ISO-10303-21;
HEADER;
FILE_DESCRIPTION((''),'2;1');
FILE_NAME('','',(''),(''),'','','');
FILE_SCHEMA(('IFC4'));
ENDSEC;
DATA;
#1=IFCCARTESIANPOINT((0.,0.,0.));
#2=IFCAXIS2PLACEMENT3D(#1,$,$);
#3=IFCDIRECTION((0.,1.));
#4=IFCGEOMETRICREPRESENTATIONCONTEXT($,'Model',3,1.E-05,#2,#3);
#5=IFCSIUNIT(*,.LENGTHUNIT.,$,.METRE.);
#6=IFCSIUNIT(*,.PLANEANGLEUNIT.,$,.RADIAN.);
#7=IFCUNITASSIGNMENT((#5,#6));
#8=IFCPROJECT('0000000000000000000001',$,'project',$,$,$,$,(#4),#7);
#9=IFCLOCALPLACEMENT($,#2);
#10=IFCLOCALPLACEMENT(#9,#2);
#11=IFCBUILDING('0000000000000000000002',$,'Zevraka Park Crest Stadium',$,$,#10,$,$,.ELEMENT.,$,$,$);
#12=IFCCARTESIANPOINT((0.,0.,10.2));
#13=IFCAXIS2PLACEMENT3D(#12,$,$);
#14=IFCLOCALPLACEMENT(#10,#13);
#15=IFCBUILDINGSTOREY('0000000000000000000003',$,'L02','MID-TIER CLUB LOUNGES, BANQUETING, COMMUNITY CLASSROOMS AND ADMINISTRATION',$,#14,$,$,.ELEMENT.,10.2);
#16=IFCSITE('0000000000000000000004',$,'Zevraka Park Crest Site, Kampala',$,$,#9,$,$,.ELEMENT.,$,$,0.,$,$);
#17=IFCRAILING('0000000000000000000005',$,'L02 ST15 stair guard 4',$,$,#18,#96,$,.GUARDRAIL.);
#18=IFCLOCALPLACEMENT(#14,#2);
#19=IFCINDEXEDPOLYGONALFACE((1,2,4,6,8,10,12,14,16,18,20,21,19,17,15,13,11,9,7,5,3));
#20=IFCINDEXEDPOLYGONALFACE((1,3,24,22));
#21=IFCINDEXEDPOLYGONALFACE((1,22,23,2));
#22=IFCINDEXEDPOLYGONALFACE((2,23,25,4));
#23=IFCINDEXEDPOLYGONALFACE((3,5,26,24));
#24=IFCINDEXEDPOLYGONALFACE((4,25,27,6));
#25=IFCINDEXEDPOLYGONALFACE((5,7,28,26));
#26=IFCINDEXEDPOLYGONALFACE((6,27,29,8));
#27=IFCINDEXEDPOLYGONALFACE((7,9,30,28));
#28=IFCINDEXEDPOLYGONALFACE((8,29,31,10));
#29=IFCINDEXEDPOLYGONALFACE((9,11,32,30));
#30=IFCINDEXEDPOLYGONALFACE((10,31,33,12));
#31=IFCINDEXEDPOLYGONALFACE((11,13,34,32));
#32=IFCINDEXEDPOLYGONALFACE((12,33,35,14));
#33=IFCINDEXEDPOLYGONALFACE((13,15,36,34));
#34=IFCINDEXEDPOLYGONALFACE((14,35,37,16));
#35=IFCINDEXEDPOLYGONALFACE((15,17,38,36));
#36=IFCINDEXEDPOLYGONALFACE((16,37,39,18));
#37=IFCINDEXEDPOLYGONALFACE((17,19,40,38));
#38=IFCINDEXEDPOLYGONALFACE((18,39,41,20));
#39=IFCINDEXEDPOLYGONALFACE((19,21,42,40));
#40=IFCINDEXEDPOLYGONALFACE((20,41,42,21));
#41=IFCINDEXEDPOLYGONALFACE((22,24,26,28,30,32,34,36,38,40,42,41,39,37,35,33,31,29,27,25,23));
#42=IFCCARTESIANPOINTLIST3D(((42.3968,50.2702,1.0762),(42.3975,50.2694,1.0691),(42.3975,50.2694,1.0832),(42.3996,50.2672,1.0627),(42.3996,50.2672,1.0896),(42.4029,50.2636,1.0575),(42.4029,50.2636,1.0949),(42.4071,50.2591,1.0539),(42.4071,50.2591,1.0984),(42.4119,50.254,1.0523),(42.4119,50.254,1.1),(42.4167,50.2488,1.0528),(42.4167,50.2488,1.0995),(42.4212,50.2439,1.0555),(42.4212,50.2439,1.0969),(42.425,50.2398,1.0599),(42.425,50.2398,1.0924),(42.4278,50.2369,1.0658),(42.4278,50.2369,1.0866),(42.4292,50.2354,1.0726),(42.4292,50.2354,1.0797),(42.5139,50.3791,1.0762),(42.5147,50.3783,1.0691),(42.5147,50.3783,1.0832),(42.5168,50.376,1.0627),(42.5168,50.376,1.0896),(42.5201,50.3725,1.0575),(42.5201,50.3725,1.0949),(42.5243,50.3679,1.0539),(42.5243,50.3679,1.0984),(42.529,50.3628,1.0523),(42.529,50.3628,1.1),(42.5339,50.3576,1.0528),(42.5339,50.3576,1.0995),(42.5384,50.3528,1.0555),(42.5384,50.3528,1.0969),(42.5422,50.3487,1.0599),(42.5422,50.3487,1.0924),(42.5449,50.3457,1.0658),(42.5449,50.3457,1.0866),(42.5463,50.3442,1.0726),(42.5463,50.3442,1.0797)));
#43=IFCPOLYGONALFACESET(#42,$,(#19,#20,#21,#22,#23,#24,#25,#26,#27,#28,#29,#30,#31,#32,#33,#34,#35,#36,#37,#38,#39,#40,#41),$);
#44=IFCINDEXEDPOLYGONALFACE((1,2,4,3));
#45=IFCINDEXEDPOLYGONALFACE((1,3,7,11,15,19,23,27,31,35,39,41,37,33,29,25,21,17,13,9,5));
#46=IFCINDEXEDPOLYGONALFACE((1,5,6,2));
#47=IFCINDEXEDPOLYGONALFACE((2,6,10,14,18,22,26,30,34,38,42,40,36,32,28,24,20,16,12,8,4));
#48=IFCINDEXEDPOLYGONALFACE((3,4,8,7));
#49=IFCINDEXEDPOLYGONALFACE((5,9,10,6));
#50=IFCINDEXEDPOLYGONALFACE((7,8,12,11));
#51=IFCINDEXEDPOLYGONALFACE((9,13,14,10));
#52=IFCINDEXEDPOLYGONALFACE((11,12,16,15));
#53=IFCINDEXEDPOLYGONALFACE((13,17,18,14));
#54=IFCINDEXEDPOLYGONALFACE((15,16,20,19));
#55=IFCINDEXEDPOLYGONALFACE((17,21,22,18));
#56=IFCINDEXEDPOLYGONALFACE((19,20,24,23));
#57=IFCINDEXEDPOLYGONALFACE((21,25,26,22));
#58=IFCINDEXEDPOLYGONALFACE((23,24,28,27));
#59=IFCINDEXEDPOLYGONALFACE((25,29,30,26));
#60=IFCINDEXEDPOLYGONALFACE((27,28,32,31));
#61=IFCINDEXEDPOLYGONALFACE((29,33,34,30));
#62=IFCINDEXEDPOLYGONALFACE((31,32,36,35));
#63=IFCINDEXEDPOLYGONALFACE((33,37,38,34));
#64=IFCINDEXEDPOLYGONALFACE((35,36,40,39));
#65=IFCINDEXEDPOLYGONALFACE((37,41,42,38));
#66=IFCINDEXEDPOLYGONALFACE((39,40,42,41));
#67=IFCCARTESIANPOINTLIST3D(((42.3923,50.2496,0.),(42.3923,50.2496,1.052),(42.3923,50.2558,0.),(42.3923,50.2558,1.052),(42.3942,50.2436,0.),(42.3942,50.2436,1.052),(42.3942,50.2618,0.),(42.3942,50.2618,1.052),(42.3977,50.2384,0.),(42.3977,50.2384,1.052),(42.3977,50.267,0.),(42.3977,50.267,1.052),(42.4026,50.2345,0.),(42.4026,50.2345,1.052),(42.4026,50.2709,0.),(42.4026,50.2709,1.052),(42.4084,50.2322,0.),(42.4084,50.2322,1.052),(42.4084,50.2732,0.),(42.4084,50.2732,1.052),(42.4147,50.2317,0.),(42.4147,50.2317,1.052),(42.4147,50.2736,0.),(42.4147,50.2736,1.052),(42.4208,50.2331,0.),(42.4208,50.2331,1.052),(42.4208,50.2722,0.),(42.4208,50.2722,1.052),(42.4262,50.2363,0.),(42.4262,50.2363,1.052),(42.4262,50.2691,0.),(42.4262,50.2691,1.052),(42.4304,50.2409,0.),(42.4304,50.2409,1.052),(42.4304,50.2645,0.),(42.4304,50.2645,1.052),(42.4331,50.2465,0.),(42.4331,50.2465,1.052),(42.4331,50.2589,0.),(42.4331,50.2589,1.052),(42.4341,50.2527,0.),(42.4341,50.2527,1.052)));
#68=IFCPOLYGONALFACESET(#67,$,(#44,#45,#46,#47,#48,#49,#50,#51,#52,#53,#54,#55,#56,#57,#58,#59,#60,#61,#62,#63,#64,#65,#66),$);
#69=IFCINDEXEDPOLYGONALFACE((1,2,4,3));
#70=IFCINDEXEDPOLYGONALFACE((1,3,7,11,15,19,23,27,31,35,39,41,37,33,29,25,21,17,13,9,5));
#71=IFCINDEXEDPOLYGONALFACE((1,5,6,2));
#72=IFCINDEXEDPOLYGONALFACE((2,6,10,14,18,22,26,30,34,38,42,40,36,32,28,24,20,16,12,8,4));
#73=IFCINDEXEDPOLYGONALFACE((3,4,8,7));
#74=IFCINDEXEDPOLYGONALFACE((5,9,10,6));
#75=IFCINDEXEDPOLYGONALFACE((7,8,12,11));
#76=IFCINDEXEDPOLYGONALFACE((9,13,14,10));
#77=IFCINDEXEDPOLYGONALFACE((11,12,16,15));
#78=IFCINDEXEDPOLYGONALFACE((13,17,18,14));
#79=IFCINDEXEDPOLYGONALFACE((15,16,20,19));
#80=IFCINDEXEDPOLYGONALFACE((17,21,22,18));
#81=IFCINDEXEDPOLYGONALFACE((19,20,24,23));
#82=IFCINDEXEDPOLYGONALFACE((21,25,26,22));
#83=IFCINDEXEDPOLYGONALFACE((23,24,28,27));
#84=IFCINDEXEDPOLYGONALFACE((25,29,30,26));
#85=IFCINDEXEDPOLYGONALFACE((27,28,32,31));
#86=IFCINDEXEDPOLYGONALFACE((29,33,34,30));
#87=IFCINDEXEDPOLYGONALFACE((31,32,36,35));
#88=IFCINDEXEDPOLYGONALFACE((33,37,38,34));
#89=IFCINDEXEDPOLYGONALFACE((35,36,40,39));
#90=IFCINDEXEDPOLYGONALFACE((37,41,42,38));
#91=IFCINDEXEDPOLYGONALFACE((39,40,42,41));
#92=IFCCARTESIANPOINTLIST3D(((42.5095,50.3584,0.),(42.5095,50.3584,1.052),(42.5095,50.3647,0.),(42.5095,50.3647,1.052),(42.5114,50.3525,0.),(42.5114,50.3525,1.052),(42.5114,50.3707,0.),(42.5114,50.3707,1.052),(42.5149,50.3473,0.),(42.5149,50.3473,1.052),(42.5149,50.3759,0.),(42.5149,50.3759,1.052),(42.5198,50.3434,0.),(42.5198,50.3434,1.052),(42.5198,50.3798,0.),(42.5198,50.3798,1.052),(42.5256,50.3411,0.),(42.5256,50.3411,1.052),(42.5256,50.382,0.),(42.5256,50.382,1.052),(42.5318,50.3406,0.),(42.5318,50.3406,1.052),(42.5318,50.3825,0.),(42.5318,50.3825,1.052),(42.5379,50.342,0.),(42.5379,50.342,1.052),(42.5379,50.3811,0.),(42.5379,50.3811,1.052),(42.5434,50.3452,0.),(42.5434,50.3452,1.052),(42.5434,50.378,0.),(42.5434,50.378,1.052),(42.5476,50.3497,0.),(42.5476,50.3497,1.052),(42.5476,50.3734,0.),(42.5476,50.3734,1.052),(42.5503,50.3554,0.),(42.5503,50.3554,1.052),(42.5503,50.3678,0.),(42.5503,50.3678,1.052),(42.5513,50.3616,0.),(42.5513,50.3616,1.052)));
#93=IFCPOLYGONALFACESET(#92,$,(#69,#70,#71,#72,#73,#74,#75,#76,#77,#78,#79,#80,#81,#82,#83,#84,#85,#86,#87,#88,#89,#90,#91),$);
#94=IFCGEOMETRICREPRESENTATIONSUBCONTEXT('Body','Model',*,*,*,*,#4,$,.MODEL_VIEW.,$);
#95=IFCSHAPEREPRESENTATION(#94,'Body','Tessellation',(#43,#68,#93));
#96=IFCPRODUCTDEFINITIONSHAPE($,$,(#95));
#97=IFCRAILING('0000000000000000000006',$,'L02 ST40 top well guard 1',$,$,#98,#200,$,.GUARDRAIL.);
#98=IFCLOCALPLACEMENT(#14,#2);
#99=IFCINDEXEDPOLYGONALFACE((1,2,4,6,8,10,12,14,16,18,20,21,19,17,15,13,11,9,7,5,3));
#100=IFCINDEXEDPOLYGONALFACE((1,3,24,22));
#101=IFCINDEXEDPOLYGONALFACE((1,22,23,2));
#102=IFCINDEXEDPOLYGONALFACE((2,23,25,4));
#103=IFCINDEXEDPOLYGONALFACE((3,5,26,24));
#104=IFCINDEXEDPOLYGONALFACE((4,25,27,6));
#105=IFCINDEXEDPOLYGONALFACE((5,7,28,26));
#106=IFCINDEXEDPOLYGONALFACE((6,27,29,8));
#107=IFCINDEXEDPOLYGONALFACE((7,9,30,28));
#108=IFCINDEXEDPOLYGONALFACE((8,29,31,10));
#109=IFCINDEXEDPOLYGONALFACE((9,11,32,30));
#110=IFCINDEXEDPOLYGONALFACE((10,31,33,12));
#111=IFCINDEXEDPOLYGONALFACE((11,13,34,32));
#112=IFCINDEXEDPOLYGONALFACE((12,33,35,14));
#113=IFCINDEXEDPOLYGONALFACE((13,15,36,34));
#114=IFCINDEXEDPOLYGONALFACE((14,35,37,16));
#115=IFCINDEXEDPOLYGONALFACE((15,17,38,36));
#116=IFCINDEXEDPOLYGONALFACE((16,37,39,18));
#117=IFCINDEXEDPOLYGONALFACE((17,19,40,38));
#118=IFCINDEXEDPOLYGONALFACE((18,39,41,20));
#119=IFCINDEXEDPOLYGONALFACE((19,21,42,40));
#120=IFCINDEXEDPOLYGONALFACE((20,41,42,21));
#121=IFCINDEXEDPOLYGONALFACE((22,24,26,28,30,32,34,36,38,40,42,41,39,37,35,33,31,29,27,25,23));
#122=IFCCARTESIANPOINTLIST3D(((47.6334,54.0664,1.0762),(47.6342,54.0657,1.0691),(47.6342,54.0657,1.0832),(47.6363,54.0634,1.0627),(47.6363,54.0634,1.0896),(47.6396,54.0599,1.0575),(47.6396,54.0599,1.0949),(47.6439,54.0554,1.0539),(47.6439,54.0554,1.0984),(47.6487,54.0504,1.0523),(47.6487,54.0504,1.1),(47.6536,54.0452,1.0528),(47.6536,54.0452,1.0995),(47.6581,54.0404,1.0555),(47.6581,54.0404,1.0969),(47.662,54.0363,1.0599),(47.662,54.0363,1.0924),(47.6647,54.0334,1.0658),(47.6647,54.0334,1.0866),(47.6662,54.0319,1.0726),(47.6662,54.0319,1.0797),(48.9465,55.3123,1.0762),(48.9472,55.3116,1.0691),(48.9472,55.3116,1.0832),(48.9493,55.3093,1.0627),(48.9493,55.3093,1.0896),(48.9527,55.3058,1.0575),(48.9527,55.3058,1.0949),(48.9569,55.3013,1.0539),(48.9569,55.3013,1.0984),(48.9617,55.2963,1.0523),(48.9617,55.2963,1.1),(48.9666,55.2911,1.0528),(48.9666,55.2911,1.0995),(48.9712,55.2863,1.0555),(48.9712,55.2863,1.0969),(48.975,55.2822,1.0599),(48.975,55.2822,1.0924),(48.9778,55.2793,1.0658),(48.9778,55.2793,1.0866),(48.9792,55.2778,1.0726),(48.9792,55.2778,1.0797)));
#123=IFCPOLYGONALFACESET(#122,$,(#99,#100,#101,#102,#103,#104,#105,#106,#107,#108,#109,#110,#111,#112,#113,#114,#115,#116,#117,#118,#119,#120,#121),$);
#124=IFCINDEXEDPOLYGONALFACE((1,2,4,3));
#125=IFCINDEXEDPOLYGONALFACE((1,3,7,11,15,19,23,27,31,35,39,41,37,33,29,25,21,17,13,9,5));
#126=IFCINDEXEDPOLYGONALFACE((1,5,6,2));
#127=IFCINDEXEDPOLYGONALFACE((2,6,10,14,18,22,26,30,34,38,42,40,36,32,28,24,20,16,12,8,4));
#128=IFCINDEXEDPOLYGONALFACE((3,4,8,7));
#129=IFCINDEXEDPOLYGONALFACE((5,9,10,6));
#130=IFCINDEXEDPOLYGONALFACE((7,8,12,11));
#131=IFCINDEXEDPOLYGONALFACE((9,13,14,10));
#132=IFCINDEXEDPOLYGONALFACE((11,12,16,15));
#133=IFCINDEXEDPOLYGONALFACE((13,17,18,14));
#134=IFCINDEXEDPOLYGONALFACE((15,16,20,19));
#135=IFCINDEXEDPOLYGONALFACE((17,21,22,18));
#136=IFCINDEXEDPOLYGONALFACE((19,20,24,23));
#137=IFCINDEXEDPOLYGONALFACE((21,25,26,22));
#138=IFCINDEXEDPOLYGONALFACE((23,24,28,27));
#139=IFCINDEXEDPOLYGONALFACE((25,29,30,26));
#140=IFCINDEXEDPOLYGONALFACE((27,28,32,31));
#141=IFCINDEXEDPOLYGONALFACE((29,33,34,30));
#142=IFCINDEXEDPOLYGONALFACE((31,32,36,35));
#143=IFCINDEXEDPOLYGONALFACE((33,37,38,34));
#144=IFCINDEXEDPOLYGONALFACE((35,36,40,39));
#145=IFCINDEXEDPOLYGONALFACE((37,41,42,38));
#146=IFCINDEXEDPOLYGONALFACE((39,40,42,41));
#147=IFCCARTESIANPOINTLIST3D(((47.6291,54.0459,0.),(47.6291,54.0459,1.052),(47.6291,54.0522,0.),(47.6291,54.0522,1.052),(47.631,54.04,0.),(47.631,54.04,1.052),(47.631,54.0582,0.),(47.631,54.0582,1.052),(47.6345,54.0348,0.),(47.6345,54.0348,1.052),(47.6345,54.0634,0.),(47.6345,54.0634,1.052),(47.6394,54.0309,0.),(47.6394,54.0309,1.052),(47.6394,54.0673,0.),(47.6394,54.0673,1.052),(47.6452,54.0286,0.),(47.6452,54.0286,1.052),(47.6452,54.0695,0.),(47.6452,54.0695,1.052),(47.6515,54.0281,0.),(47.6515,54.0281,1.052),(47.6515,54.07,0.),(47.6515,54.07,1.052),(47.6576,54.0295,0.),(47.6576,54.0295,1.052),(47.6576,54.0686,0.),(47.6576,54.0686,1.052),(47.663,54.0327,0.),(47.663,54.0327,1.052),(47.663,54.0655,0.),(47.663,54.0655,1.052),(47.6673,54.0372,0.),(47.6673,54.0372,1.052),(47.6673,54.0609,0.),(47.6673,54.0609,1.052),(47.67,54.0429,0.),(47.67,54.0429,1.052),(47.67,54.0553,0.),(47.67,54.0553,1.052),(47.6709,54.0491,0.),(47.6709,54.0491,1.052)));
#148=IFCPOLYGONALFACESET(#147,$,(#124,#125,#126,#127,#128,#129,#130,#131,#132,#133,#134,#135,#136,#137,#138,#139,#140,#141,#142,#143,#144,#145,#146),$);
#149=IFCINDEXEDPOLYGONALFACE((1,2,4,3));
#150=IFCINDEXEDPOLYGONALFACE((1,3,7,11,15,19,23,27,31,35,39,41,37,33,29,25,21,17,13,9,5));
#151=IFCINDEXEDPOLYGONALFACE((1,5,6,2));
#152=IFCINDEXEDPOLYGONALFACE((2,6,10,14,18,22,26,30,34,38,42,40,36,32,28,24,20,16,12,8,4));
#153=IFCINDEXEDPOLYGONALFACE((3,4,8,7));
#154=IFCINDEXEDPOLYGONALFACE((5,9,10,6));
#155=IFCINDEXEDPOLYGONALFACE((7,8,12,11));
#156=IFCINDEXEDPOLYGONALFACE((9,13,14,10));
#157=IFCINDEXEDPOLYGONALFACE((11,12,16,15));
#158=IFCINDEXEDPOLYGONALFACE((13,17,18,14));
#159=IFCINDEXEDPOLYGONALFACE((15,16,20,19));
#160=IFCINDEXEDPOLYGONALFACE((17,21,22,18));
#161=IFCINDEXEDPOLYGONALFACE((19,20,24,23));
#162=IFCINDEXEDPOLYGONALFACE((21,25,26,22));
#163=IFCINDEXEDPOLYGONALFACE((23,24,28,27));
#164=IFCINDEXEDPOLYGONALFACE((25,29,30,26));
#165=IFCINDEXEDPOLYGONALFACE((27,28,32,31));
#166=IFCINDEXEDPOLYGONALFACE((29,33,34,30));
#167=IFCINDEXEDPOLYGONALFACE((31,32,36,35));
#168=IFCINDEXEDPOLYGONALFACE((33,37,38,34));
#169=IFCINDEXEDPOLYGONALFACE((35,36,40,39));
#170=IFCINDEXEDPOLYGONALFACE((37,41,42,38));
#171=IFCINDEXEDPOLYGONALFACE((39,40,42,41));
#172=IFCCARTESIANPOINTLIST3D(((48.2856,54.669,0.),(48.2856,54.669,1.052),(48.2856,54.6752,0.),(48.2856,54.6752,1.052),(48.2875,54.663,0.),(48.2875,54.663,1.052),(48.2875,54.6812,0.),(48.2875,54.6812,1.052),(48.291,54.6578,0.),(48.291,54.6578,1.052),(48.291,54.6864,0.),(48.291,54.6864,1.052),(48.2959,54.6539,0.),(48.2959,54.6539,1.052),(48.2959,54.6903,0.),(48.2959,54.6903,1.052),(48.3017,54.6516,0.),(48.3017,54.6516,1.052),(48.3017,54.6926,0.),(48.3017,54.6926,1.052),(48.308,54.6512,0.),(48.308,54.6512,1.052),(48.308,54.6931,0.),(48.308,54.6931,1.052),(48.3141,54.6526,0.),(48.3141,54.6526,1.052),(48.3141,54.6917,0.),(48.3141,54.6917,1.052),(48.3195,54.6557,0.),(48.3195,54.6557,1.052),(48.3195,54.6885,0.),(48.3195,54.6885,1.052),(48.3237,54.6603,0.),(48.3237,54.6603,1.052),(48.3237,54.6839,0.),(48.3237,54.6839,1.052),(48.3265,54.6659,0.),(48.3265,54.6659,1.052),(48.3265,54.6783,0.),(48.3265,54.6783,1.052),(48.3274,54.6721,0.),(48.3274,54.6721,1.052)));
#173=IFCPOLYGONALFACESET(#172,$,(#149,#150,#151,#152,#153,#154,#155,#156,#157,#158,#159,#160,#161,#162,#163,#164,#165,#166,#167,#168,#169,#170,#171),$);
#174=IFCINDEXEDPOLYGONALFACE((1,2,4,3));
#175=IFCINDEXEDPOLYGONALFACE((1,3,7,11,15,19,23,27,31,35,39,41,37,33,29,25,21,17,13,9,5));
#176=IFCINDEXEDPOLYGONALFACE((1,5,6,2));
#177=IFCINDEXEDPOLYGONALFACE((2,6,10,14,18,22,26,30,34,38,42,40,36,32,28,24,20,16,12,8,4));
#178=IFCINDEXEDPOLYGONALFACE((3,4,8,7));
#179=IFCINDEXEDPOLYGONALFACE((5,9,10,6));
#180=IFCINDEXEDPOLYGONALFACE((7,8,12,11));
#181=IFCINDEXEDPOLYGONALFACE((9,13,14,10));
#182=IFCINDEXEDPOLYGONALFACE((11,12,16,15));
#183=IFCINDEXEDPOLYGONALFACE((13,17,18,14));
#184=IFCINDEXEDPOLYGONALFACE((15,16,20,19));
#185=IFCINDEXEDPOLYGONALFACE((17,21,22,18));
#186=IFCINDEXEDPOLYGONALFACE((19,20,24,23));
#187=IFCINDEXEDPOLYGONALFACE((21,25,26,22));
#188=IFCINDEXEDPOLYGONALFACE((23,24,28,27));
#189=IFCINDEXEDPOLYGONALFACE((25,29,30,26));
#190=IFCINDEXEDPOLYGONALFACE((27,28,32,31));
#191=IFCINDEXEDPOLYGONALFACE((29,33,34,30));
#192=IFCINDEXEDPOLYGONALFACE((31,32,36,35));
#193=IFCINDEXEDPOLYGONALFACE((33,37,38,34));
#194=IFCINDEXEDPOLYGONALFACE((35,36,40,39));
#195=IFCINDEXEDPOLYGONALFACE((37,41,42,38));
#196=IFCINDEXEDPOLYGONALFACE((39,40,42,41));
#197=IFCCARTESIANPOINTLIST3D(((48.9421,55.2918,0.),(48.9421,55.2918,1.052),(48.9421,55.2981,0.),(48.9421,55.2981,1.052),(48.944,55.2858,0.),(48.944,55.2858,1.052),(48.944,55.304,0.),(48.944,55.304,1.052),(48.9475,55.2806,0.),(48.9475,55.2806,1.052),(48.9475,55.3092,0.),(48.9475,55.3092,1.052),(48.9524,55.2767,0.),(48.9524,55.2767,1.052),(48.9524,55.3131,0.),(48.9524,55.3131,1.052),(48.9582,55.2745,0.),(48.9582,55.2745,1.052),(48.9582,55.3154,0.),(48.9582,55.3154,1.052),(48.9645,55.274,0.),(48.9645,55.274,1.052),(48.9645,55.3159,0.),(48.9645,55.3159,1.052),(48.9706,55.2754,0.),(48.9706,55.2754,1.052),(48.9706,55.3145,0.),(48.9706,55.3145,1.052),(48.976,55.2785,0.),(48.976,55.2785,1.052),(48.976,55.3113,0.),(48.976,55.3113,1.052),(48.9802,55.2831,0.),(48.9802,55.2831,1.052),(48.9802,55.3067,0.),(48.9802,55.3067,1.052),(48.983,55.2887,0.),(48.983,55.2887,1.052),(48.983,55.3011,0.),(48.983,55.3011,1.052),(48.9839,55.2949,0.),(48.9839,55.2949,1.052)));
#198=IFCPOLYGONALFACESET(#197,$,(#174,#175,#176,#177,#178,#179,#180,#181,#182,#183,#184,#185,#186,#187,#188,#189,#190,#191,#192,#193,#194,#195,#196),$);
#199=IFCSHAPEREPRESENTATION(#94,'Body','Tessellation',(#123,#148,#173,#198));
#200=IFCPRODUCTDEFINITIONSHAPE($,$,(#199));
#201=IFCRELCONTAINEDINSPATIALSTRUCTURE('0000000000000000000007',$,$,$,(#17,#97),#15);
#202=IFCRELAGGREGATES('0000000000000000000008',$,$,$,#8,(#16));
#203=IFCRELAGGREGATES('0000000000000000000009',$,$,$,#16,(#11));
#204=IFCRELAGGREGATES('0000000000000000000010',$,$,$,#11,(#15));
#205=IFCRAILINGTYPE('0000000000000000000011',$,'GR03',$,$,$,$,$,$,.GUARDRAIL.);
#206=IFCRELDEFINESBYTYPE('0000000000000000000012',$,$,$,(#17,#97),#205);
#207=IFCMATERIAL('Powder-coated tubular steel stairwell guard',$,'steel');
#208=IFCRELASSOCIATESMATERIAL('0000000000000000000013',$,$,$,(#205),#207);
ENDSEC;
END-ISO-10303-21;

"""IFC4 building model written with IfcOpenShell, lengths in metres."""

from ifc_helpers import new_model, si_unit, direction, frame, origin, origin_2d, place, context, subcontext, project, spatial, circle, extrude, material, type_object, element, save


model = new_model("IFC4")

# Units and contexts
model_context = context("Model", 3, precision=1e-05, world=origin(), true_north=direction((0.0, 1.0)))
body_context = subcontext(model_context, "Body", "Model", "MODEL_VIEW")
ifc_project = project(units=[si_unit("LENGTHUNIT", "METRE"), si_unit("PLANEANGLEUNIT", "RADIAN")], contexts=[model_context])

# Site, building, storey
site_placement = place(None, origin())
site = spatial("IfcSite", under=ifc_project, at=site_placement, Name="Zevraka Park Crest Site, Kampala", CompositionType="ELEMENT", RefElevation=0.0)
building_placement = place(site_placement, origin())
building = spatial("IfcBuilding", under=site, at=building_placement, Name="Zevraka Park Crest Stadium", CompositionType="ELEMENT")
storey_placement = place(building_placement, frame((0.0, 0.0, 10.2)))
storey = spatial("IfcBuildingStorey", under=building, at=storey_placement, Name="L02", Description="MID-TIER CLUB LOUNGES, BANQUETING, COMMUNITY CLASSROOMS AND ADMINISTRATION", CompositionType="ELEMENT", Elevation=10.2)

# Railings
ifc_material_1 = material(Name="Powder-coated tubular steel stairwell guard", Category="steel")
railing_type_1 = type_object("IfcRailingType", Name="GR03", PredefinedType="GUARDRAIL", material=ifc_material_1)
railing_1_placement = place(storey_placement, frame((42.4131, 50.2527, 0.0)))
element("IfcRailing", 1, at=railing_1_placement, inside=storey, type_object=railing_type_1, Name="L02 ST15 stair guard 4", PredefinedType="GUARDRAIL", context=body_context, shape_type="SweptSolid", body=[
    extrude(circle(Radius=0.0239, at=origin_2d()), frame((0.0, 0.0, 1.0762), z_axis=(0.732576, 0.680685, 0.0), x_axis=(-0.680685, 0.732576, 0.0)), (0.0, 0.0, 1.0), 0.1599),
    extrude(circle(Radius=0.021, at=origin_2d()), origin(), (0.0, 0.0, 1.0), 1.052),
    extrude(circle(Radius=0.021, at=origin_2d()), frame((0.1172, 0.1089, 0.0)), (0.0, 0.0, 1.0), 1.052),
])
railing_2_placement = place(storey_placement, frame((47.6499, 54.0491, 0.0)))
element("IfcRailing", 2, at=railing_2_placement, inside=storey, type_object=railing_type_1, Name="L02 ST40 top well guard 1", PredefinedType="GUARDRAIL", context=body_context, shape_type="SweptSolid", body=[
    extrude(circle(Radius=0.0239, at=origin_2d()), frame((0.0, 0.0, 1.0762), z_axis=(0.72541, 0.688317, 0.0), x_axis=(-0.688317, 0.72541, 0.0)), (0.0, 0.0, 1.0), 1.8101),
    extrude(circle(Radius=0.021, at=origin_2d()), origin(), (0.0, 0.0, 1.0), 1.052),
    extrude(circle(Radius=0.021, at=origin_2d()), frame((0.6565, 0.623, 0.0)), (0.0, 0.0, 1.0), 1.052),
    extrude(circle(Radius=0.021, at=origin_2d()), frame((1.313, 1.2458, 0.0)), (0.0, 0.0, 1.0), 1.052),
])

save(model, "model.ifc")
